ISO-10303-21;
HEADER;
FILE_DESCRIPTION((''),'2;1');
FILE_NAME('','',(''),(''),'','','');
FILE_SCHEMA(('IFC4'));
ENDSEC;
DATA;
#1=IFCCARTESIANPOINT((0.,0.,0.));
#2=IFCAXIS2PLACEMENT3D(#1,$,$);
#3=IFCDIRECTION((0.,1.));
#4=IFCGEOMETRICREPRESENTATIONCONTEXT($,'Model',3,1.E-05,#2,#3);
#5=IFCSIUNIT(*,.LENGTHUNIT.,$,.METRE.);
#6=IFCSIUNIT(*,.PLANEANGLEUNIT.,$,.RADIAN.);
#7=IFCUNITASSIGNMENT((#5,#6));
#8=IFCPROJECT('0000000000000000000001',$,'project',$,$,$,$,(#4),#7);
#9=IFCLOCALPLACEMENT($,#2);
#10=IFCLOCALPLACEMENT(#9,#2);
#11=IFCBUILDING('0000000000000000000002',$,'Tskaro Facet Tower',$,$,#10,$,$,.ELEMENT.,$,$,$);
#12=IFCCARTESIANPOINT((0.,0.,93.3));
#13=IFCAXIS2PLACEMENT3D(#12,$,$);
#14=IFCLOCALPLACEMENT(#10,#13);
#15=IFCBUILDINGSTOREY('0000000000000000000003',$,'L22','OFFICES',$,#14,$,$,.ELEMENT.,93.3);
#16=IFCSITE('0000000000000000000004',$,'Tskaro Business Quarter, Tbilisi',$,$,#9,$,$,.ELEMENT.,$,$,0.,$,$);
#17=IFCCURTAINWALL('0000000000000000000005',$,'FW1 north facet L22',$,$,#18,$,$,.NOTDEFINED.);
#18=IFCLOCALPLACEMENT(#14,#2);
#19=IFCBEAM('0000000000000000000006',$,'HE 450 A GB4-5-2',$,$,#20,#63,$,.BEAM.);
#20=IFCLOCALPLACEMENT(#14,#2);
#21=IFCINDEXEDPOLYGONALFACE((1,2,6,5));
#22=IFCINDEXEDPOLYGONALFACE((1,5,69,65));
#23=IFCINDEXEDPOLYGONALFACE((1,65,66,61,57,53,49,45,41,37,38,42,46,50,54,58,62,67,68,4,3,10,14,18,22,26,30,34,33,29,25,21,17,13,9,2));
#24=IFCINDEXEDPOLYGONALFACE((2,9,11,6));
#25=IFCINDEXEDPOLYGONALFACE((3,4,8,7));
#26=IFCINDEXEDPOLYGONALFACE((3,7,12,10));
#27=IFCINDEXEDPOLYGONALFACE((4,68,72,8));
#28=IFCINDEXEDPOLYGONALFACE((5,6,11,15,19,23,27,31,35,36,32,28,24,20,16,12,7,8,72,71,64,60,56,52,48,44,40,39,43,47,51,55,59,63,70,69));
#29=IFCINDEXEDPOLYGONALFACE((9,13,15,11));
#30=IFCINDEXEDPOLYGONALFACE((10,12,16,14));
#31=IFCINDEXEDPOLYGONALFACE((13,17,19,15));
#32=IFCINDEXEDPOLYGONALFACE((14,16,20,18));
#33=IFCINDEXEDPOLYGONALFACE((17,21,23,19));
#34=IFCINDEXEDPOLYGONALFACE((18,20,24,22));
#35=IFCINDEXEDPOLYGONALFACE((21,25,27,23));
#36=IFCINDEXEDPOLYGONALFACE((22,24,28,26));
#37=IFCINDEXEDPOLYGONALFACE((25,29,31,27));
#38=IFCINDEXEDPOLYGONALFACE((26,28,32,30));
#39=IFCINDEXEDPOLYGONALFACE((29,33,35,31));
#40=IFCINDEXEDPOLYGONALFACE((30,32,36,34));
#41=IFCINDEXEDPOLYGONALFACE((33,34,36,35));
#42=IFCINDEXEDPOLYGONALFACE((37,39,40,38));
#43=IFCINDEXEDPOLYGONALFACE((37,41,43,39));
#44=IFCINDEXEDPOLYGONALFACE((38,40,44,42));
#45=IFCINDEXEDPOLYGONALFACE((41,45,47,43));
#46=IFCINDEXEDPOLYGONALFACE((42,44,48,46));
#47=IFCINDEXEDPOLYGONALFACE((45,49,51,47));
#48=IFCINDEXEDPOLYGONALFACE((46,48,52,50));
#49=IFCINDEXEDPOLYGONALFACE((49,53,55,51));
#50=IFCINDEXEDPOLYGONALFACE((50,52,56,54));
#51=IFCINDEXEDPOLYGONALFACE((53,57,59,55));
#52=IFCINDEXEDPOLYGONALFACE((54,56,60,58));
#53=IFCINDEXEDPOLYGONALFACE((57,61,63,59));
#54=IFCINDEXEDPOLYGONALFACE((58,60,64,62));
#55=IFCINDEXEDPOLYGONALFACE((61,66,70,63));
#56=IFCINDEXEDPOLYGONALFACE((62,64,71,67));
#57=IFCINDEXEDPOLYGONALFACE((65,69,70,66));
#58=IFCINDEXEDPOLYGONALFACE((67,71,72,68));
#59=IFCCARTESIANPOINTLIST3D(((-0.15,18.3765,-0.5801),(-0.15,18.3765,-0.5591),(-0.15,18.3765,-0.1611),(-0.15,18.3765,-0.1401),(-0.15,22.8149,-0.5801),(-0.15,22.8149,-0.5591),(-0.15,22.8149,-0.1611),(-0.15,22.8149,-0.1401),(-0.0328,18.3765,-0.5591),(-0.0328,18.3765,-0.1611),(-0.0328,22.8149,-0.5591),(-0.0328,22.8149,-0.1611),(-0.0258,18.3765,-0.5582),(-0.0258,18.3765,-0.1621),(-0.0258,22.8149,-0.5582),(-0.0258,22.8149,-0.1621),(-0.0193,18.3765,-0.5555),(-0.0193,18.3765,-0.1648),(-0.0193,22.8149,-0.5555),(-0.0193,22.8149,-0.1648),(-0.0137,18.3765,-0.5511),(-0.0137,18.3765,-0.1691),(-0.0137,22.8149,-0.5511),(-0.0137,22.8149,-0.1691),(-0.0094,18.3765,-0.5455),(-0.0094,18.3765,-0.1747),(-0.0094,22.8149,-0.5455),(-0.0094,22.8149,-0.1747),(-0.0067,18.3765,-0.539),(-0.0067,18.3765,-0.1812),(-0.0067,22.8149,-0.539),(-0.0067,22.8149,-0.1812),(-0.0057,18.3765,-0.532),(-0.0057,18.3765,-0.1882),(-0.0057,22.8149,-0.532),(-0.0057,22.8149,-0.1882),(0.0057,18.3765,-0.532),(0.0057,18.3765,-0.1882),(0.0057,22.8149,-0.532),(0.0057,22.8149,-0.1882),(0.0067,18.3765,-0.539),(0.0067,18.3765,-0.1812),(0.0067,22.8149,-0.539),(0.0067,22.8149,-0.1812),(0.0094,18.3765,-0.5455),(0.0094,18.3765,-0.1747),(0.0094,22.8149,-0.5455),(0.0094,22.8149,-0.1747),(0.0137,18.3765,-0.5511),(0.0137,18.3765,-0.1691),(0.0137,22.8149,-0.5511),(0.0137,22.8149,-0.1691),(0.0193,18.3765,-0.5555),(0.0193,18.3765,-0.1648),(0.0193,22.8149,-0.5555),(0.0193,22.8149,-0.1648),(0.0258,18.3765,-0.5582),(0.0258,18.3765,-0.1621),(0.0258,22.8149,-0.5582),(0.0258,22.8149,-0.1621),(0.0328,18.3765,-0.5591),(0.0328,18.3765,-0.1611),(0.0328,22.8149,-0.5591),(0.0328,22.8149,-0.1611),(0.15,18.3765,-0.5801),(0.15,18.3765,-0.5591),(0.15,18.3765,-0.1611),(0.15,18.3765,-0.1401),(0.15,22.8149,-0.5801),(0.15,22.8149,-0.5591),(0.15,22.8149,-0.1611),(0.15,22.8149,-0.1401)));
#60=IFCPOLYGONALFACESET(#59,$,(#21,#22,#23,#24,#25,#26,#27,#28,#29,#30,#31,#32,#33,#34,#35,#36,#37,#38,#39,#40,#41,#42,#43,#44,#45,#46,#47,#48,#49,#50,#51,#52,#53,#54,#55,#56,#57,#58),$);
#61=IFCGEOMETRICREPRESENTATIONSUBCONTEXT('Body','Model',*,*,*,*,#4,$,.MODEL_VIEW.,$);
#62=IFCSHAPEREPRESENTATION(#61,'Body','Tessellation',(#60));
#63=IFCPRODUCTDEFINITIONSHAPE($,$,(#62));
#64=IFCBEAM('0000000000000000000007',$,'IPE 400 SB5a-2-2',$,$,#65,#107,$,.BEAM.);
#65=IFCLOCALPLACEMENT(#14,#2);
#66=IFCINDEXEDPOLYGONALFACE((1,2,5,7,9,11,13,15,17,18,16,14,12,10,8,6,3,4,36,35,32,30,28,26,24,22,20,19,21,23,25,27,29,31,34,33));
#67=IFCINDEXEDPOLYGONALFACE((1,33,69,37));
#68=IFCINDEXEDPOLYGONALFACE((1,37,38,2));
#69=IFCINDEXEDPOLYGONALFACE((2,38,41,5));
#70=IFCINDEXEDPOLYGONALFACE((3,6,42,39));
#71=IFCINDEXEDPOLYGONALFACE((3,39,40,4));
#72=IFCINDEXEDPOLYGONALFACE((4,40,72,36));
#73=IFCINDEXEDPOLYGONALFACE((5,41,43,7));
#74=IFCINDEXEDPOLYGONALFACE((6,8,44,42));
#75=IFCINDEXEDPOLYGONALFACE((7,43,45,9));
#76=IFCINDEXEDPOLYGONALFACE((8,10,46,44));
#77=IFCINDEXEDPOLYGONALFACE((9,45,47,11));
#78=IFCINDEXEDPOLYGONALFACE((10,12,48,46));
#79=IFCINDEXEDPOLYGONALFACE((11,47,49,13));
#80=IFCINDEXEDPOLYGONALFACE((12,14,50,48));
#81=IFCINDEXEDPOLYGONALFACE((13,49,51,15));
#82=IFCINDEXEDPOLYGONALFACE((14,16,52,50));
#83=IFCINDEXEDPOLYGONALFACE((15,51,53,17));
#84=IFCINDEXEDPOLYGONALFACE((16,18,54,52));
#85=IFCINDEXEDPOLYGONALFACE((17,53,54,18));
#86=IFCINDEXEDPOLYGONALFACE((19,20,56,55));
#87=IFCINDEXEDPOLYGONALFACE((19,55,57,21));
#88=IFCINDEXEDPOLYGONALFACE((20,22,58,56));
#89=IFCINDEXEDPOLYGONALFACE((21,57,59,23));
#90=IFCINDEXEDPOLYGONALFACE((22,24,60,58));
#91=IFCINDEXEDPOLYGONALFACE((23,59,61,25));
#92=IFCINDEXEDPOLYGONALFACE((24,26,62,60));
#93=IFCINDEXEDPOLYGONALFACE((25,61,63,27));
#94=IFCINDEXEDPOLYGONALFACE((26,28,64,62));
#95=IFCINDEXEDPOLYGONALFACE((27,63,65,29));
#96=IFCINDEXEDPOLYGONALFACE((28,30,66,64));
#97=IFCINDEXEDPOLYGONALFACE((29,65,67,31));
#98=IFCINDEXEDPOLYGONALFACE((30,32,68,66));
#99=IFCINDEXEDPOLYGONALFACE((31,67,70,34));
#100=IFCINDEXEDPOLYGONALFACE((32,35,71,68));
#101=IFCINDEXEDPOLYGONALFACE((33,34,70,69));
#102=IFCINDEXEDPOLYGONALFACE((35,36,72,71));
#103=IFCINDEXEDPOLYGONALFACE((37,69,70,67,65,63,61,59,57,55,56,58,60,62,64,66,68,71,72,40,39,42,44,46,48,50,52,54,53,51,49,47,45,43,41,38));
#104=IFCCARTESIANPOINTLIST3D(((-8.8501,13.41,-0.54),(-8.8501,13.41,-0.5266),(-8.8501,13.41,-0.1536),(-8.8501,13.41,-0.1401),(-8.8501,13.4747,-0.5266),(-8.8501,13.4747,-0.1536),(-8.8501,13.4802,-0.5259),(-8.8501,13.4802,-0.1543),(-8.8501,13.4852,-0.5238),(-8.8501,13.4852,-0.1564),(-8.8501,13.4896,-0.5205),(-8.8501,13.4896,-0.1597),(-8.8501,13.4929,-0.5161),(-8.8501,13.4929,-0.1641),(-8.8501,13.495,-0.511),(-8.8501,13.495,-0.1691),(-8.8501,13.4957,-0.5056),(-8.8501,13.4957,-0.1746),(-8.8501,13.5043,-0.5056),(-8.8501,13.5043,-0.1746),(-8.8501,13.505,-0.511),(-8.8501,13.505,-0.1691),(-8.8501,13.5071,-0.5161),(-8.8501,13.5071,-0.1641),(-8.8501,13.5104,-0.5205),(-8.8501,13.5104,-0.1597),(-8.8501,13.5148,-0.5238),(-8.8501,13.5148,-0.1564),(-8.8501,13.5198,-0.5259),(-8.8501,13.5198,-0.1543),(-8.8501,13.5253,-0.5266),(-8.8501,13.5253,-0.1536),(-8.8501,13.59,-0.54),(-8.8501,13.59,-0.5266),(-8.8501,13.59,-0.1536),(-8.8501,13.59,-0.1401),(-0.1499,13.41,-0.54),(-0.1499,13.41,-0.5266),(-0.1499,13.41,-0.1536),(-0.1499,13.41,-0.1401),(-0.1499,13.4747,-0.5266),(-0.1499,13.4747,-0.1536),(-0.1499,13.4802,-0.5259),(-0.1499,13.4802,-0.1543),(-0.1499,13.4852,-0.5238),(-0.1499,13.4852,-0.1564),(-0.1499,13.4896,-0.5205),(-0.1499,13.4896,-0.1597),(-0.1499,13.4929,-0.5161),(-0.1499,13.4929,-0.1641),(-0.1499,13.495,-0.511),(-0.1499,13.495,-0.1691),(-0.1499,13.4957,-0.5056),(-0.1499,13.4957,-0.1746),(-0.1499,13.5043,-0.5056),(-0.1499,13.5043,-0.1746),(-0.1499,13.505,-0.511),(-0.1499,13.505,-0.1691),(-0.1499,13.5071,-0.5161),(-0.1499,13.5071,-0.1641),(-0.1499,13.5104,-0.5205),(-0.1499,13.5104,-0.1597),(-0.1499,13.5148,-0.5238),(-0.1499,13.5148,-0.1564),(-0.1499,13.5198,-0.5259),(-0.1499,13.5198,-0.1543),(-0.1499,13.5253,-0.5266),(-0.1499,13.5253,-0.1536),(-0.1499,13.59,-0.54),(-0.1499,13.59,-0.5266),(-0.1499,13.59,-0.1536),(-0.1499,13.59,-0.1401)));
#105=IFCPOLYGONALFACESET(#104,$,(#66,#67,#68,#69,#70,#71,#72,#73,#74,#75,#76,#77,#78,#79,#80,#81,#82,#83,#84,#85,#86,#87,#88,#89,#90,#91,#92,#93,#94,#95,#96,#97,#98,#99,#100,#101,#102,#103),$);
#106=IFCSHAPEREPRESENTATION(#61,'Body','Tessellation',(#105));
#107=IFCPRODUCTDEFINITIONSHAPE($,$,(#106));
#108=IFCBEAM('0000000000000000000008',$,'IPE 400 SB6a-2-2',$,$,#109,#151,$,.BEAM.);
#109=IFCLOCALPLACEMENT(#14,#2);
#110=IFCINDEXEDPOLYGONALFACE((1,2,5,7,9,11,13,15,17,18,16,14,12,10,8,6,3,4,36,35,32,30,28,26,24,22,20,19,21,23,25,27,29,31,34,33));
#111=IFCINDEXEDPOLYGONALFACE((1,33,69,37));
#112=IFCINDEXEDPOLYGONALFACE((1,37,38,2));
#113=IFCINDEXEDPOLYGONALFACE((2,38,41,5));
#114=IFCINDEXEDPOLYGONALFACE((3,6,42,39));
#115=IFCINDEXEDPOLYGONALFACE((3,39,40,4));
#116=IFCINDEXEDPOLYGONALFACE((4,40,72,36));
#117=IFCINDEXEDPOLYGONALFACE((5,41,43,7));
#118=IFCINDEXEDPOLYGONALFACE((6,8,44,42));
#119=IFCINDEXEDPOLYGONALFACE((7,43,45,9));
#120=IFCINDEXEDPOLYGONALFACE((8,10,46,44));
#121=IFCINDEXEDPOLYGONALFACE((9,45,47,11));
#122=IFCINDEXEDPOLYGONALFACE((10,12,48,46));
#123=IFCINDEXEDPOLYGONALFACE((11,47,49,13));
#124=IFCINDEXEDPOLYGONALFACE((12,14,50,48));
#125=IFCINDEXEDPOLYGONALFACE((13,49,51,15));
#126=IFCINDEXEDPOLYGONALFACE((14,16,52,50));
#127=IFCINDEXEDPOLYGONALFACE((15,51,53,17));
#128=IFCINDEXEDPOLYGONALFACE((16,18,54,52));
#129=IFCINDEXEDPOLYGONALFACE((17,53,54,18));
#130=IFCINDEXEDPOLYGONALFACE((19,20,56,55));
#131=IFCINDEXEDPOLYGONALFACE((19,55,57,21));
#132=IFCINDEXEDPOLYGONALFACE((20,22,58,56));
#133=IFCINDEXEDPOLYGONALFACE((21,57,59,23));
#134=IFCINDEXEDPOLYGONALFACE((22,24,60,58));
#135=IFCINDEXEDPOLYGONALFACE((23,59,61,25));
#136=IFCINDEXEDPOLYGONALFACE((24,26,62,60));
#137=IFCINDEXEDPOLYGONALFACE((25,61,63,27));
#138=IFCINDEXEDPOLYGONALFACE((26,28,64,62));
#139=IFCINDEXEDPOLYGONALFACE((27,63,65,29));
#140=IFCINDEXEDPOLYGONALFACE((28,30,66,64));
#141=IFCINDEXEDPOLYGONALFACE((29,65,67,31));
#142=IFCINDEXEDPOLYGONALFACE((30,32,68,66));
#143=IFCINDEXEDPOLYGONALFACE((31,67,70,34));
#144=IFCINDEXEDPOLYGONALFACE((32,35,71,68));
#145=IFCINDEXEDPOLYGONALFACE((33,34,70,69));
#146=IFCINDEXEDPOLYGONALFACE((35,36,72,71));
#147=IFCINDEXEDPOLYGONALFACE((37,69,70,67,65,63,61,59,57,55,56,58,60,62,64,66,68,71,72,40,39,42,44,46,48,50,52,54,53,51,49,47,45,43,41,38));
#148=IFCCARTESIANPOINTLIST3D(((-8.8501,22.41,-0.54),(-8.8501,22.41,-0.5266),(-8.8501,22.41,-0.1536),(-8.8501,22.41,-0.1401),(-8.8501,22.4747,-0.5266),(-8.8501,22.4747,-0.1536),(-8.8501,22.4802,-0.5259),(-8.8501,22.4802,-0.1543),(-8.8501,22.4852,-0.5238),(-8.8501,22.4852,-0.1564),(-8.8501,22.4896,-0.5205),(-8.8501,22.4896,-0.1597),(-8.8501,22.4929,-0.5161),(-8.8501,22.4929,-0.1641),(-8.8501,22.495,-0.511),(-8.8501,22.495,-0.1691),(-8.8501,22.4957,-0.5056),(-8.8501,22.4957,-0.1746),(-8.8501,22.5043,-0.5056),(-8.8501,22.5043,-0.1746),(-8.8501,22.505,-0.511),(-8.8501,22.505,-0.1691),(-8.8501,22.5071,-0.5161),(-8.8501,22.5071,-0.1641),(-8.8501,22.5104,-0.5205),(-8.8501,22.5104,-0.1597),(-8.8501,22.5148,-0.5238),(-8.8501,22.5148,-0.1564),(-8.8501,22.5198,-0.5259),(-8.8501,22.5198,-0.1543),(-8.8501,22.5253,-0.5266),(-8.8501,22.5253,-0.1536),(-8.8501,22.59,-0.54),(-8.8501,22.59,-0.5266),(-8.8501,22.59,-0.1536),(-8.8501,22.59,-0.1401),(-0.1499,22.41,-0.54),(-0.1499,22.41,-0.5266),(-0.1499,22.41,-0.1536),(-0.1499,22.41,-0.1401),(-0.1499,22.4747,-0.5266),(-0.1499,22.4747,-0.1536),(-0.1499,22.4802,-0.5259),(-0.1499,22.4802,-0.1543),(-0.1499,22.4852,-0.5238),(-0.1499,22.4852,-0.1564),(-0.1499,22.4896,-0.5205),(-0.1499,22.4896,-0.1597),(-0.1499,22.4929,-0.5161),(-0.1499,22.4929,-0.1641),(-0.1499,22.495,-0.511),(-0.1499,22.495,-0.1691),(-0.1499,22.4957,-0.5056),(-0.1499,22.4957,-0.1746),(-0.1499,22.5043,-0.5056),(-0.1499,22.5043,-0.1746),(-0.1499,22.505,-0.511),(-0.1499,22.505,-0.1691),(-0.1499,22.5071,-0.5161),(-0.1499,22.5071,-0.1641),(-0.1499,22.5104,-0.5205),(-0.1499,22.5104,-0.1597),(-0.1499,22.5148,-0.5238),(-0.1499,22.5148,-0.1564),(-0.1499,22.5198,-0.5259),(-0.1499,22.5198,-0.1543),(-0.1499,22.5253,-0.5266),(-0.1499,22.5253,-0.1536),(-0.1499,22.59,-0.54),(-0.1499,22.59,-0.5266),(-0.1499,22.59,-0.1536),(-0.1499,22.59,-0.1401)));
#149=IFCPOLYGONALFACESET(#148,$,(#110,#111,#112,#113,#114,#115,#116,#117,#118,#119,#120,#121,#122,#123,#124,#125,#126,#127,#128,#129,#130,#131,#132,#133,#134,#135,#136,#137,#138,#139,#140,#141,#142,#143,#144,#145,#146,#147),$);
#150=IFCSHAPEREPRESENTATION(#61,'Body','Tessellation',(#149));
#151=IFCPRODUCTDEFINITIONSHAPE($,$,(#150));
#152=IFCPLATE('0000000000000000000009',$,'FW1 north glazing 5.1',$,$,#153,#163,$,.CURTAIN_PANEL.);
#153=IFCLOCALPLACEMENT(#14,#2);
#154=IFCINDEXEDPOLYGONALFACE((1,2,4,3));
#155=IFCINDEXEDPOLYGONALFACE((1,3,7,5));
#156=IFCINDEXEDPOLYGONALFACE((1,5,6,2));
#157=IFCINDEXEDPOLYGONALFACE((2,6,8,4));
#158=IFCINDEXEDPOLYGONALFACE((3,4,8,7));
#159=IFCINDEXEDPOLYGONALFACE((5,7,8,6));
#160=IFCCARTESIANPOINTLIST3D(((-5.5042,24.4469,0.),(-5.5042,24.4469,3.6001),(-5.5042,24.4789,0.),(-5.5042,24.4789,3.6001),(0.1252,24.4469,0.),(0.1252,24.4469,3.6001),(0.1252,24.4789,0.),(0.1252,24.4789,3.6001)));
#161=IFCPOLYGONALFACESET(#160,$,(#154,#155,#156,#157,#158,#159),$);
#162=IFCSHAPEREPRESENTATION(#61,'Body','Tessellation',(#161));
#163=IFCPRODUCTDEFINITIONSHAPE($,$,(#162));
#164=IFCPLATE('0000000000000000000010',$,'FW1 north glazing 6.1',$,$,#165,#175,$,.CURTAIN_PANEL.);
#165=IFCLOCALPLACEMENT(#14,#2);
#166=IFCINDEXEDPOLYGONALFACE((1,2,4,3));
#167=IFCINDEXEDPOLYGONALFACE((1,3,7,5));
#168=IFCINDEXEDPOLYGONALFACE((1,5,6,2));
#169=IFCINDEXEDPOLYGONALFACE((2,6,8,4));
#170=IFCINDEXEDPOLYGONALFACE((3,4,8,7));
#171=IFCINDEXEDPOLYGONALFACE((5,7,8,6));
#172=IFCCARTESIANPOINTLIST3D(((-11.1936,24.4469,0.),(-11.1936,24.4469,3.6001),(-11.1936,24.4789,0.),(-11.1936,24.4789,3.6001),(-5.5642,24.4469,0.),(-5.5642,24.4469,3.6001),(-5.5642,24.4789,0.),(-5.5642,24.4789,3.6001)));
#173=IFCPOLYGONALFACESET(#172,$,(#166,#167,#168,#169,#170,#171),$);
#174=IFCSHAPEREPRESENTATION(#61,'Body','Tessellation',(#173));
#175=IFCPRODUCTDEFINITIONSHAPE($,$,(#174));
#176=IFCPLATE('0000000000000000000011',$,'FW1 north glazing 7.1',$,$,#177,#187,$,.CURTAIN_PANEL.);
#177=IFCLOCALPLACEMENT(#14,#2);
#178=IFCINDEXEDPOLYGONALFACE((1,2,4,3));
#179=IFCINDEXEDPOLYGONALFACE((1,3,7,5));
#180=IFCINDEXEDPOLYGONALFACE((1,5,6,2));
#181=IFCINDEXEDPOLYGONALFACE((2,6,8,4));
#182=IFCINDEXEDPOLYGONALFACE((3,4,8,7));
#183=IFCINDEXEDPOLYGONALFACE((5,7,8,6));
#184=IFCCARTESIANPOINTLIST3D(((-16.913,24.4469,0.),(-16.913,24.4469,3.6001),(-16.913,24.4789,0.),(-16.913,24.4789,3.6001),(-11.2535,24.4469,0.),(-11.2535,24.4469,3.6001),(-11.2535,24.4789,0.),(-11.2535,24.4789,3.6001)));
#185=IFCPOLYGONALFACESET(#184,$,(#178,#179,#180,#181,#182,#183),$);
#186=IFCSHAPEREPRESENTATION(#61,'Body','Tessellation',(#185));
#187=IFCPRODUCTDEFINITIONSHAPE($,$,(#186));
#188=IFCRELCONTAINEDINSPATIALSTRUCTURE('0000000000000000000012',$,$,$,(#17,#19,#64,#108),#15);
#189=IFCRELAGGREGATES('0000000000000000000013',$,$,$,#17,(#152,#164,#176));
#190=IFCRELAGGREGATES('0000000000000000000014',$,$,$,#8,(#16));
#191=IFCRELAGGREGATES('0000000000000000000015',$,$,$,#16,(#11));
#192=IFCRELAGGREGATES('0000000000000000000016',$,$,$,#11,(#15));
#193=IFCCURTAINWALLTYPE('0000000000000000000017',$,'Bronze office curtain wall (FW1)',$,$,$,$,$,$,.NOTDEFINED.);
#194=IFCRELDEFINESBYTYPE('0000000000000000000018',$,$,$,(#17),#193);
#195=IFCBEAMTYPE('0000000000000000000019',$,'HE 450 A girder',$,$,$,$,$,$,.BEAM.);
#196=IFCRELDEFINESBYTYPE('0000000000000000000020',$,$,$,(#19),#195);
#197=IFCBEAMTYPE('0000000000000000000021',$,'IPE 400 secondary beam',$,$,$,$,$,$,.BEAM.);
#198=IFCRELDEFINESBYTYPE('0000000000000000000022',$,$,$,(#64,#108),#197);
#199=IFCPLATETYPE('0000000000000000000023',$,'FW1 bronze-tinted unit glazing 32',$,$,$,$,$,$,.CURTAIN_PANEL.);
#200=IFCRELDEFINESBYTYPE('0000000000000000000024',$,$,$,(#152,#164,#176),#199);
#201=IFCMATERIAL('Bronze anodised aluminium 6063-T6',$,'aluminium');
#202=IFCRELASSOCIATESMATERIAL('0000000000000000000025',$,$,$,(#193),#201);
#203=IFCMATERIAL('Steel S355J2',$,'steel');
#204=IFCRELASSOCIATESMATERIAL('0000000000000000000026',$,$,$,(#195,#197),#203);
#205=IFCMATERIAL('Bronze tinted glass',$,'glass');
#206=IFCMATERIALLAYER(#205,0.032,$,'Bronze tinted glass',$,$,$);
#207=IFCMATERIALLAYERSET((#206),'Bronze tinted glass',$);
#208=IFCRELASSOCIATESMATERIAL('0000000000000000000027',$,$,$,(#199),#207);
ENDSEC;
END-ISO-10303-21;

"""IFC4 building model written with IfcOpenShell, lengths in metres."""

from ifc_helpers import new_model, si_unit, direction, frame, origin, origin_2d, place, context, subcontext, project, spatial, rectangle, i_section, extrude, material, layer, layer_set, material_profile, profile_set, type_object, element, aggregate, save


model = new_model("IFC4")

# Units and contexts
model_context = context("Model", 3, precision=1e-05, world=origin(), true_north=direction((0.0, 1.0)))
body_context = subcontext(model_context, "Body", "Model", "MODEL_VIEW")
ifc_project = project(units=[si_unit("LENGTHUNIT", "METRE"), si_unit("PLANEANGLEUNIT", "RADIAN")], contexts=[model_context])

# Site, building, storey
site_placement = place(None, origin())
site = spatial("IfcSite", under=ifc_project, at=site_placement, Name="Tskaro Business Quarter, Tbilisi", CompositionType="ELEMENT", RefElevation=0.0)
building_placement = place(site_placement, origin())
building = spatial("IfcBuilding", under=site, at=building_placement, Name="Tskaro Facet Tower", CompositionType="ELEMENT")
storey_placement = place(building_placement, frame((0.0, 0.0, 93.3)))
storey = spatial("IfcBuildingStorey", under=building, at=storey_placement, Name="L22", Description="OFFICES", CompositionType="ELEMENT", Elevation=93.3)

# Curtain wall
ifc_material_1 = material(Name="Bronze anodised aluminium 6063-T6", Category="aluminium")
curtain_wall_type = type_object("IfcCurtainWallType", Name="Bronze office curtain wall (FW1)", PredefinedType="NOTDEFINED", material=ifc_material_1)
curtain_wall_placement = place(storey_placement, origin())
curtain_wall = element("IfcCurtainWall", 1, at=curtain_wall_placement, inside=storey, type_object=curtain_wall_type, Name="FW1 north facet L22", PredefinedType="NOTDEFINED")

# Beams
ifc_material_2 = material(Name="Steel S355J2", Category="steel")
ifc_material_profile_1 = material_profile(ifc_material_2, i_section(OverallWidth=0.3, OverallDepth=0.4399, WebThickness=0.0115, FlangeThickness=0.021, FilletRadius=0.0271, at=origin_2d()), Name="HE 450 A")
ifc_profile_set_1 = profile_set([ifc_material_profile_1], Name="Steel S355J2")
beam_type_1 = type_object("IfcBeamType", Name="HE 450 A girder", PredefinedType="BEAM", material=ifc_profile_set_1)
for number, where, z_axis, x_axis, name in (
    (2, (0.0, 18.3765, -0.3601), (0.0, 1.0, 0.0), (-1.0, 0.0, 0.0), "HE 450 A GB4-5-2"),
):
    element("IfcBeam", number, at=place(storey_placement, frame(where, z_axis=z_axis, x_axis=x_axis)), inside=storey, type_object=beam_type_1, Name=name, PredefinedType="BEAM", context=body_context, shape_type="SweptSolid", body=[
        extrude(i_section(OverallWidth=0.3, OverallDepth=0.4399, WebThickness=0.0115, FlangeThickness=0.021, FilletRadius=0.0271, at=origin_2d()), origin(), (0.0, 0.0, 1.0), 4.4385),
    ])
ifc_material_profile_2 = material_profile(ifc_material_2, i_section(OverallWidth=0.1799, OverallDepth=0.3999, WebThickness=0.0085, FlangeThickness=0.0134, FilletRadius=0.021, at=origin_2d()), Name="IPE 400")
ifc_profile_set_2 = profile_set([ifc_material_profile_2], Name="Steel S355J2")
beam_type_2 = type_object("IfcBeamType", Name="IPE 400 secondary beam", PredefinedType="BEAM", material=ifc_profile_set_2)
for number, where, z_axis, x_axis, name in (
    (3, (-8.8501, 13.5, -0.3401), (1.0, 0.0, 0.0), (0.0, 1.0, 0.0), "IPE 400 SB5a-2-2"),
    (4, (-8.8501, 22.5, -0.3401), (1.0, 0.0, 0.0), (0.0, 1.0, 0.0), "IPE 400 SB6a-2-2"),
):
    element("IfcBeam", number, at=place(storey_placement, frame(where, z_axis=z_axis, x_axis=x_axis)), inside=storey, type_object=beam_type_2, Name=name, PredefinedType="BEAM", context=body_context, shape_type="SweptSolid", body=[
        extrude(i_section(OverallWidth=0.1799, OverallDepth=0.3999, WebThickness=0.0085, FlangeThickness=0.0134, FilletRadius=0.021, at=origin_2d()), origin(), (0.0, 0.0, 1.0), 8.7002),
    ])

# Plates
ifc_material_3 = material(Name="Bronze tinted glass", Category="glass")
ifc_layer_1 = layer(ifc_material_3, 0.032, Name="Bronze tinted glass")
ifc_layer_set_1 = layer_set([ifc_layer_1], Name="Bronze tinted glass")
plate_type = type_object("IfcPlateType", Name="FW1 bronze-tinted unit glazing 32", PredefinedType="CURTAIN_PANEL", material=ifc_layer_set_1)
plate_1_placement = place(storey_placement, frame((-2.6895, 24.4629, 0.0), z_axis=(0.0, 0.0, 1.0), x_axis=(-1.0, 0.0, 0.0)))
plate_1 = element("IfcPlate", 5, at=plate_1_placement, type_object=plate_type, Name="FW1 north glazing 5.1", PredefinedType="CURTAIN_PANEL", context=body_context, shape_type="SweptSolid", body=[
    extrude(rectangle(XDim=5.6294, YDim=0.032, at=origin_2d()), origin(), (0.0, 0.0, 1.0), 3.6001),
])
plate_2_placement = place(storey_placement, frame((-8.3789, 24.4629, 0.0), z_axis=(0.0, 0.0, 1.0), x_axis=(-1.0, 0.0, 0.0)))
plate_2 = element("IfcPlate", 6, at=plate_2_placement, type_object=plate_type, Name="FW1 north glazing 6.1", PredefinedType="CURTAIN_PANEL", context=body_context, shape_type="SweptSolid", body=[
    extrude(rectangle(XDim=5.6294, YDim=0.032, at=origin_2d()), origin(), (0.0, 0.0, 1.0), 3.6001),
])
plate_3_placement = place(storey_placement, frame((-14.0833, 24.4629, 0.0), z_axis=(0.0, 0.0, 1.0), x_axis=(-1.0, 0.0, 0.0)))
plate_3 = element("IfcPlate", 7, at=plate_3_placement, type_object=plate_type, Name="FW1 north glazing 7.1", PredefinedType="CURTAIN_PANEL", context=body_context, shape_type="SweptSolid", body=[
    extrude(rectangle(XDim=5.6594, YDim=0.032, at=origin_2d()), origin(), (0.0, 0.0, 1.0), 3.6001),
])
aggregate(curtain_wall, [plate_1, plate_2, plate_3])

save(model, "model.ifc")
